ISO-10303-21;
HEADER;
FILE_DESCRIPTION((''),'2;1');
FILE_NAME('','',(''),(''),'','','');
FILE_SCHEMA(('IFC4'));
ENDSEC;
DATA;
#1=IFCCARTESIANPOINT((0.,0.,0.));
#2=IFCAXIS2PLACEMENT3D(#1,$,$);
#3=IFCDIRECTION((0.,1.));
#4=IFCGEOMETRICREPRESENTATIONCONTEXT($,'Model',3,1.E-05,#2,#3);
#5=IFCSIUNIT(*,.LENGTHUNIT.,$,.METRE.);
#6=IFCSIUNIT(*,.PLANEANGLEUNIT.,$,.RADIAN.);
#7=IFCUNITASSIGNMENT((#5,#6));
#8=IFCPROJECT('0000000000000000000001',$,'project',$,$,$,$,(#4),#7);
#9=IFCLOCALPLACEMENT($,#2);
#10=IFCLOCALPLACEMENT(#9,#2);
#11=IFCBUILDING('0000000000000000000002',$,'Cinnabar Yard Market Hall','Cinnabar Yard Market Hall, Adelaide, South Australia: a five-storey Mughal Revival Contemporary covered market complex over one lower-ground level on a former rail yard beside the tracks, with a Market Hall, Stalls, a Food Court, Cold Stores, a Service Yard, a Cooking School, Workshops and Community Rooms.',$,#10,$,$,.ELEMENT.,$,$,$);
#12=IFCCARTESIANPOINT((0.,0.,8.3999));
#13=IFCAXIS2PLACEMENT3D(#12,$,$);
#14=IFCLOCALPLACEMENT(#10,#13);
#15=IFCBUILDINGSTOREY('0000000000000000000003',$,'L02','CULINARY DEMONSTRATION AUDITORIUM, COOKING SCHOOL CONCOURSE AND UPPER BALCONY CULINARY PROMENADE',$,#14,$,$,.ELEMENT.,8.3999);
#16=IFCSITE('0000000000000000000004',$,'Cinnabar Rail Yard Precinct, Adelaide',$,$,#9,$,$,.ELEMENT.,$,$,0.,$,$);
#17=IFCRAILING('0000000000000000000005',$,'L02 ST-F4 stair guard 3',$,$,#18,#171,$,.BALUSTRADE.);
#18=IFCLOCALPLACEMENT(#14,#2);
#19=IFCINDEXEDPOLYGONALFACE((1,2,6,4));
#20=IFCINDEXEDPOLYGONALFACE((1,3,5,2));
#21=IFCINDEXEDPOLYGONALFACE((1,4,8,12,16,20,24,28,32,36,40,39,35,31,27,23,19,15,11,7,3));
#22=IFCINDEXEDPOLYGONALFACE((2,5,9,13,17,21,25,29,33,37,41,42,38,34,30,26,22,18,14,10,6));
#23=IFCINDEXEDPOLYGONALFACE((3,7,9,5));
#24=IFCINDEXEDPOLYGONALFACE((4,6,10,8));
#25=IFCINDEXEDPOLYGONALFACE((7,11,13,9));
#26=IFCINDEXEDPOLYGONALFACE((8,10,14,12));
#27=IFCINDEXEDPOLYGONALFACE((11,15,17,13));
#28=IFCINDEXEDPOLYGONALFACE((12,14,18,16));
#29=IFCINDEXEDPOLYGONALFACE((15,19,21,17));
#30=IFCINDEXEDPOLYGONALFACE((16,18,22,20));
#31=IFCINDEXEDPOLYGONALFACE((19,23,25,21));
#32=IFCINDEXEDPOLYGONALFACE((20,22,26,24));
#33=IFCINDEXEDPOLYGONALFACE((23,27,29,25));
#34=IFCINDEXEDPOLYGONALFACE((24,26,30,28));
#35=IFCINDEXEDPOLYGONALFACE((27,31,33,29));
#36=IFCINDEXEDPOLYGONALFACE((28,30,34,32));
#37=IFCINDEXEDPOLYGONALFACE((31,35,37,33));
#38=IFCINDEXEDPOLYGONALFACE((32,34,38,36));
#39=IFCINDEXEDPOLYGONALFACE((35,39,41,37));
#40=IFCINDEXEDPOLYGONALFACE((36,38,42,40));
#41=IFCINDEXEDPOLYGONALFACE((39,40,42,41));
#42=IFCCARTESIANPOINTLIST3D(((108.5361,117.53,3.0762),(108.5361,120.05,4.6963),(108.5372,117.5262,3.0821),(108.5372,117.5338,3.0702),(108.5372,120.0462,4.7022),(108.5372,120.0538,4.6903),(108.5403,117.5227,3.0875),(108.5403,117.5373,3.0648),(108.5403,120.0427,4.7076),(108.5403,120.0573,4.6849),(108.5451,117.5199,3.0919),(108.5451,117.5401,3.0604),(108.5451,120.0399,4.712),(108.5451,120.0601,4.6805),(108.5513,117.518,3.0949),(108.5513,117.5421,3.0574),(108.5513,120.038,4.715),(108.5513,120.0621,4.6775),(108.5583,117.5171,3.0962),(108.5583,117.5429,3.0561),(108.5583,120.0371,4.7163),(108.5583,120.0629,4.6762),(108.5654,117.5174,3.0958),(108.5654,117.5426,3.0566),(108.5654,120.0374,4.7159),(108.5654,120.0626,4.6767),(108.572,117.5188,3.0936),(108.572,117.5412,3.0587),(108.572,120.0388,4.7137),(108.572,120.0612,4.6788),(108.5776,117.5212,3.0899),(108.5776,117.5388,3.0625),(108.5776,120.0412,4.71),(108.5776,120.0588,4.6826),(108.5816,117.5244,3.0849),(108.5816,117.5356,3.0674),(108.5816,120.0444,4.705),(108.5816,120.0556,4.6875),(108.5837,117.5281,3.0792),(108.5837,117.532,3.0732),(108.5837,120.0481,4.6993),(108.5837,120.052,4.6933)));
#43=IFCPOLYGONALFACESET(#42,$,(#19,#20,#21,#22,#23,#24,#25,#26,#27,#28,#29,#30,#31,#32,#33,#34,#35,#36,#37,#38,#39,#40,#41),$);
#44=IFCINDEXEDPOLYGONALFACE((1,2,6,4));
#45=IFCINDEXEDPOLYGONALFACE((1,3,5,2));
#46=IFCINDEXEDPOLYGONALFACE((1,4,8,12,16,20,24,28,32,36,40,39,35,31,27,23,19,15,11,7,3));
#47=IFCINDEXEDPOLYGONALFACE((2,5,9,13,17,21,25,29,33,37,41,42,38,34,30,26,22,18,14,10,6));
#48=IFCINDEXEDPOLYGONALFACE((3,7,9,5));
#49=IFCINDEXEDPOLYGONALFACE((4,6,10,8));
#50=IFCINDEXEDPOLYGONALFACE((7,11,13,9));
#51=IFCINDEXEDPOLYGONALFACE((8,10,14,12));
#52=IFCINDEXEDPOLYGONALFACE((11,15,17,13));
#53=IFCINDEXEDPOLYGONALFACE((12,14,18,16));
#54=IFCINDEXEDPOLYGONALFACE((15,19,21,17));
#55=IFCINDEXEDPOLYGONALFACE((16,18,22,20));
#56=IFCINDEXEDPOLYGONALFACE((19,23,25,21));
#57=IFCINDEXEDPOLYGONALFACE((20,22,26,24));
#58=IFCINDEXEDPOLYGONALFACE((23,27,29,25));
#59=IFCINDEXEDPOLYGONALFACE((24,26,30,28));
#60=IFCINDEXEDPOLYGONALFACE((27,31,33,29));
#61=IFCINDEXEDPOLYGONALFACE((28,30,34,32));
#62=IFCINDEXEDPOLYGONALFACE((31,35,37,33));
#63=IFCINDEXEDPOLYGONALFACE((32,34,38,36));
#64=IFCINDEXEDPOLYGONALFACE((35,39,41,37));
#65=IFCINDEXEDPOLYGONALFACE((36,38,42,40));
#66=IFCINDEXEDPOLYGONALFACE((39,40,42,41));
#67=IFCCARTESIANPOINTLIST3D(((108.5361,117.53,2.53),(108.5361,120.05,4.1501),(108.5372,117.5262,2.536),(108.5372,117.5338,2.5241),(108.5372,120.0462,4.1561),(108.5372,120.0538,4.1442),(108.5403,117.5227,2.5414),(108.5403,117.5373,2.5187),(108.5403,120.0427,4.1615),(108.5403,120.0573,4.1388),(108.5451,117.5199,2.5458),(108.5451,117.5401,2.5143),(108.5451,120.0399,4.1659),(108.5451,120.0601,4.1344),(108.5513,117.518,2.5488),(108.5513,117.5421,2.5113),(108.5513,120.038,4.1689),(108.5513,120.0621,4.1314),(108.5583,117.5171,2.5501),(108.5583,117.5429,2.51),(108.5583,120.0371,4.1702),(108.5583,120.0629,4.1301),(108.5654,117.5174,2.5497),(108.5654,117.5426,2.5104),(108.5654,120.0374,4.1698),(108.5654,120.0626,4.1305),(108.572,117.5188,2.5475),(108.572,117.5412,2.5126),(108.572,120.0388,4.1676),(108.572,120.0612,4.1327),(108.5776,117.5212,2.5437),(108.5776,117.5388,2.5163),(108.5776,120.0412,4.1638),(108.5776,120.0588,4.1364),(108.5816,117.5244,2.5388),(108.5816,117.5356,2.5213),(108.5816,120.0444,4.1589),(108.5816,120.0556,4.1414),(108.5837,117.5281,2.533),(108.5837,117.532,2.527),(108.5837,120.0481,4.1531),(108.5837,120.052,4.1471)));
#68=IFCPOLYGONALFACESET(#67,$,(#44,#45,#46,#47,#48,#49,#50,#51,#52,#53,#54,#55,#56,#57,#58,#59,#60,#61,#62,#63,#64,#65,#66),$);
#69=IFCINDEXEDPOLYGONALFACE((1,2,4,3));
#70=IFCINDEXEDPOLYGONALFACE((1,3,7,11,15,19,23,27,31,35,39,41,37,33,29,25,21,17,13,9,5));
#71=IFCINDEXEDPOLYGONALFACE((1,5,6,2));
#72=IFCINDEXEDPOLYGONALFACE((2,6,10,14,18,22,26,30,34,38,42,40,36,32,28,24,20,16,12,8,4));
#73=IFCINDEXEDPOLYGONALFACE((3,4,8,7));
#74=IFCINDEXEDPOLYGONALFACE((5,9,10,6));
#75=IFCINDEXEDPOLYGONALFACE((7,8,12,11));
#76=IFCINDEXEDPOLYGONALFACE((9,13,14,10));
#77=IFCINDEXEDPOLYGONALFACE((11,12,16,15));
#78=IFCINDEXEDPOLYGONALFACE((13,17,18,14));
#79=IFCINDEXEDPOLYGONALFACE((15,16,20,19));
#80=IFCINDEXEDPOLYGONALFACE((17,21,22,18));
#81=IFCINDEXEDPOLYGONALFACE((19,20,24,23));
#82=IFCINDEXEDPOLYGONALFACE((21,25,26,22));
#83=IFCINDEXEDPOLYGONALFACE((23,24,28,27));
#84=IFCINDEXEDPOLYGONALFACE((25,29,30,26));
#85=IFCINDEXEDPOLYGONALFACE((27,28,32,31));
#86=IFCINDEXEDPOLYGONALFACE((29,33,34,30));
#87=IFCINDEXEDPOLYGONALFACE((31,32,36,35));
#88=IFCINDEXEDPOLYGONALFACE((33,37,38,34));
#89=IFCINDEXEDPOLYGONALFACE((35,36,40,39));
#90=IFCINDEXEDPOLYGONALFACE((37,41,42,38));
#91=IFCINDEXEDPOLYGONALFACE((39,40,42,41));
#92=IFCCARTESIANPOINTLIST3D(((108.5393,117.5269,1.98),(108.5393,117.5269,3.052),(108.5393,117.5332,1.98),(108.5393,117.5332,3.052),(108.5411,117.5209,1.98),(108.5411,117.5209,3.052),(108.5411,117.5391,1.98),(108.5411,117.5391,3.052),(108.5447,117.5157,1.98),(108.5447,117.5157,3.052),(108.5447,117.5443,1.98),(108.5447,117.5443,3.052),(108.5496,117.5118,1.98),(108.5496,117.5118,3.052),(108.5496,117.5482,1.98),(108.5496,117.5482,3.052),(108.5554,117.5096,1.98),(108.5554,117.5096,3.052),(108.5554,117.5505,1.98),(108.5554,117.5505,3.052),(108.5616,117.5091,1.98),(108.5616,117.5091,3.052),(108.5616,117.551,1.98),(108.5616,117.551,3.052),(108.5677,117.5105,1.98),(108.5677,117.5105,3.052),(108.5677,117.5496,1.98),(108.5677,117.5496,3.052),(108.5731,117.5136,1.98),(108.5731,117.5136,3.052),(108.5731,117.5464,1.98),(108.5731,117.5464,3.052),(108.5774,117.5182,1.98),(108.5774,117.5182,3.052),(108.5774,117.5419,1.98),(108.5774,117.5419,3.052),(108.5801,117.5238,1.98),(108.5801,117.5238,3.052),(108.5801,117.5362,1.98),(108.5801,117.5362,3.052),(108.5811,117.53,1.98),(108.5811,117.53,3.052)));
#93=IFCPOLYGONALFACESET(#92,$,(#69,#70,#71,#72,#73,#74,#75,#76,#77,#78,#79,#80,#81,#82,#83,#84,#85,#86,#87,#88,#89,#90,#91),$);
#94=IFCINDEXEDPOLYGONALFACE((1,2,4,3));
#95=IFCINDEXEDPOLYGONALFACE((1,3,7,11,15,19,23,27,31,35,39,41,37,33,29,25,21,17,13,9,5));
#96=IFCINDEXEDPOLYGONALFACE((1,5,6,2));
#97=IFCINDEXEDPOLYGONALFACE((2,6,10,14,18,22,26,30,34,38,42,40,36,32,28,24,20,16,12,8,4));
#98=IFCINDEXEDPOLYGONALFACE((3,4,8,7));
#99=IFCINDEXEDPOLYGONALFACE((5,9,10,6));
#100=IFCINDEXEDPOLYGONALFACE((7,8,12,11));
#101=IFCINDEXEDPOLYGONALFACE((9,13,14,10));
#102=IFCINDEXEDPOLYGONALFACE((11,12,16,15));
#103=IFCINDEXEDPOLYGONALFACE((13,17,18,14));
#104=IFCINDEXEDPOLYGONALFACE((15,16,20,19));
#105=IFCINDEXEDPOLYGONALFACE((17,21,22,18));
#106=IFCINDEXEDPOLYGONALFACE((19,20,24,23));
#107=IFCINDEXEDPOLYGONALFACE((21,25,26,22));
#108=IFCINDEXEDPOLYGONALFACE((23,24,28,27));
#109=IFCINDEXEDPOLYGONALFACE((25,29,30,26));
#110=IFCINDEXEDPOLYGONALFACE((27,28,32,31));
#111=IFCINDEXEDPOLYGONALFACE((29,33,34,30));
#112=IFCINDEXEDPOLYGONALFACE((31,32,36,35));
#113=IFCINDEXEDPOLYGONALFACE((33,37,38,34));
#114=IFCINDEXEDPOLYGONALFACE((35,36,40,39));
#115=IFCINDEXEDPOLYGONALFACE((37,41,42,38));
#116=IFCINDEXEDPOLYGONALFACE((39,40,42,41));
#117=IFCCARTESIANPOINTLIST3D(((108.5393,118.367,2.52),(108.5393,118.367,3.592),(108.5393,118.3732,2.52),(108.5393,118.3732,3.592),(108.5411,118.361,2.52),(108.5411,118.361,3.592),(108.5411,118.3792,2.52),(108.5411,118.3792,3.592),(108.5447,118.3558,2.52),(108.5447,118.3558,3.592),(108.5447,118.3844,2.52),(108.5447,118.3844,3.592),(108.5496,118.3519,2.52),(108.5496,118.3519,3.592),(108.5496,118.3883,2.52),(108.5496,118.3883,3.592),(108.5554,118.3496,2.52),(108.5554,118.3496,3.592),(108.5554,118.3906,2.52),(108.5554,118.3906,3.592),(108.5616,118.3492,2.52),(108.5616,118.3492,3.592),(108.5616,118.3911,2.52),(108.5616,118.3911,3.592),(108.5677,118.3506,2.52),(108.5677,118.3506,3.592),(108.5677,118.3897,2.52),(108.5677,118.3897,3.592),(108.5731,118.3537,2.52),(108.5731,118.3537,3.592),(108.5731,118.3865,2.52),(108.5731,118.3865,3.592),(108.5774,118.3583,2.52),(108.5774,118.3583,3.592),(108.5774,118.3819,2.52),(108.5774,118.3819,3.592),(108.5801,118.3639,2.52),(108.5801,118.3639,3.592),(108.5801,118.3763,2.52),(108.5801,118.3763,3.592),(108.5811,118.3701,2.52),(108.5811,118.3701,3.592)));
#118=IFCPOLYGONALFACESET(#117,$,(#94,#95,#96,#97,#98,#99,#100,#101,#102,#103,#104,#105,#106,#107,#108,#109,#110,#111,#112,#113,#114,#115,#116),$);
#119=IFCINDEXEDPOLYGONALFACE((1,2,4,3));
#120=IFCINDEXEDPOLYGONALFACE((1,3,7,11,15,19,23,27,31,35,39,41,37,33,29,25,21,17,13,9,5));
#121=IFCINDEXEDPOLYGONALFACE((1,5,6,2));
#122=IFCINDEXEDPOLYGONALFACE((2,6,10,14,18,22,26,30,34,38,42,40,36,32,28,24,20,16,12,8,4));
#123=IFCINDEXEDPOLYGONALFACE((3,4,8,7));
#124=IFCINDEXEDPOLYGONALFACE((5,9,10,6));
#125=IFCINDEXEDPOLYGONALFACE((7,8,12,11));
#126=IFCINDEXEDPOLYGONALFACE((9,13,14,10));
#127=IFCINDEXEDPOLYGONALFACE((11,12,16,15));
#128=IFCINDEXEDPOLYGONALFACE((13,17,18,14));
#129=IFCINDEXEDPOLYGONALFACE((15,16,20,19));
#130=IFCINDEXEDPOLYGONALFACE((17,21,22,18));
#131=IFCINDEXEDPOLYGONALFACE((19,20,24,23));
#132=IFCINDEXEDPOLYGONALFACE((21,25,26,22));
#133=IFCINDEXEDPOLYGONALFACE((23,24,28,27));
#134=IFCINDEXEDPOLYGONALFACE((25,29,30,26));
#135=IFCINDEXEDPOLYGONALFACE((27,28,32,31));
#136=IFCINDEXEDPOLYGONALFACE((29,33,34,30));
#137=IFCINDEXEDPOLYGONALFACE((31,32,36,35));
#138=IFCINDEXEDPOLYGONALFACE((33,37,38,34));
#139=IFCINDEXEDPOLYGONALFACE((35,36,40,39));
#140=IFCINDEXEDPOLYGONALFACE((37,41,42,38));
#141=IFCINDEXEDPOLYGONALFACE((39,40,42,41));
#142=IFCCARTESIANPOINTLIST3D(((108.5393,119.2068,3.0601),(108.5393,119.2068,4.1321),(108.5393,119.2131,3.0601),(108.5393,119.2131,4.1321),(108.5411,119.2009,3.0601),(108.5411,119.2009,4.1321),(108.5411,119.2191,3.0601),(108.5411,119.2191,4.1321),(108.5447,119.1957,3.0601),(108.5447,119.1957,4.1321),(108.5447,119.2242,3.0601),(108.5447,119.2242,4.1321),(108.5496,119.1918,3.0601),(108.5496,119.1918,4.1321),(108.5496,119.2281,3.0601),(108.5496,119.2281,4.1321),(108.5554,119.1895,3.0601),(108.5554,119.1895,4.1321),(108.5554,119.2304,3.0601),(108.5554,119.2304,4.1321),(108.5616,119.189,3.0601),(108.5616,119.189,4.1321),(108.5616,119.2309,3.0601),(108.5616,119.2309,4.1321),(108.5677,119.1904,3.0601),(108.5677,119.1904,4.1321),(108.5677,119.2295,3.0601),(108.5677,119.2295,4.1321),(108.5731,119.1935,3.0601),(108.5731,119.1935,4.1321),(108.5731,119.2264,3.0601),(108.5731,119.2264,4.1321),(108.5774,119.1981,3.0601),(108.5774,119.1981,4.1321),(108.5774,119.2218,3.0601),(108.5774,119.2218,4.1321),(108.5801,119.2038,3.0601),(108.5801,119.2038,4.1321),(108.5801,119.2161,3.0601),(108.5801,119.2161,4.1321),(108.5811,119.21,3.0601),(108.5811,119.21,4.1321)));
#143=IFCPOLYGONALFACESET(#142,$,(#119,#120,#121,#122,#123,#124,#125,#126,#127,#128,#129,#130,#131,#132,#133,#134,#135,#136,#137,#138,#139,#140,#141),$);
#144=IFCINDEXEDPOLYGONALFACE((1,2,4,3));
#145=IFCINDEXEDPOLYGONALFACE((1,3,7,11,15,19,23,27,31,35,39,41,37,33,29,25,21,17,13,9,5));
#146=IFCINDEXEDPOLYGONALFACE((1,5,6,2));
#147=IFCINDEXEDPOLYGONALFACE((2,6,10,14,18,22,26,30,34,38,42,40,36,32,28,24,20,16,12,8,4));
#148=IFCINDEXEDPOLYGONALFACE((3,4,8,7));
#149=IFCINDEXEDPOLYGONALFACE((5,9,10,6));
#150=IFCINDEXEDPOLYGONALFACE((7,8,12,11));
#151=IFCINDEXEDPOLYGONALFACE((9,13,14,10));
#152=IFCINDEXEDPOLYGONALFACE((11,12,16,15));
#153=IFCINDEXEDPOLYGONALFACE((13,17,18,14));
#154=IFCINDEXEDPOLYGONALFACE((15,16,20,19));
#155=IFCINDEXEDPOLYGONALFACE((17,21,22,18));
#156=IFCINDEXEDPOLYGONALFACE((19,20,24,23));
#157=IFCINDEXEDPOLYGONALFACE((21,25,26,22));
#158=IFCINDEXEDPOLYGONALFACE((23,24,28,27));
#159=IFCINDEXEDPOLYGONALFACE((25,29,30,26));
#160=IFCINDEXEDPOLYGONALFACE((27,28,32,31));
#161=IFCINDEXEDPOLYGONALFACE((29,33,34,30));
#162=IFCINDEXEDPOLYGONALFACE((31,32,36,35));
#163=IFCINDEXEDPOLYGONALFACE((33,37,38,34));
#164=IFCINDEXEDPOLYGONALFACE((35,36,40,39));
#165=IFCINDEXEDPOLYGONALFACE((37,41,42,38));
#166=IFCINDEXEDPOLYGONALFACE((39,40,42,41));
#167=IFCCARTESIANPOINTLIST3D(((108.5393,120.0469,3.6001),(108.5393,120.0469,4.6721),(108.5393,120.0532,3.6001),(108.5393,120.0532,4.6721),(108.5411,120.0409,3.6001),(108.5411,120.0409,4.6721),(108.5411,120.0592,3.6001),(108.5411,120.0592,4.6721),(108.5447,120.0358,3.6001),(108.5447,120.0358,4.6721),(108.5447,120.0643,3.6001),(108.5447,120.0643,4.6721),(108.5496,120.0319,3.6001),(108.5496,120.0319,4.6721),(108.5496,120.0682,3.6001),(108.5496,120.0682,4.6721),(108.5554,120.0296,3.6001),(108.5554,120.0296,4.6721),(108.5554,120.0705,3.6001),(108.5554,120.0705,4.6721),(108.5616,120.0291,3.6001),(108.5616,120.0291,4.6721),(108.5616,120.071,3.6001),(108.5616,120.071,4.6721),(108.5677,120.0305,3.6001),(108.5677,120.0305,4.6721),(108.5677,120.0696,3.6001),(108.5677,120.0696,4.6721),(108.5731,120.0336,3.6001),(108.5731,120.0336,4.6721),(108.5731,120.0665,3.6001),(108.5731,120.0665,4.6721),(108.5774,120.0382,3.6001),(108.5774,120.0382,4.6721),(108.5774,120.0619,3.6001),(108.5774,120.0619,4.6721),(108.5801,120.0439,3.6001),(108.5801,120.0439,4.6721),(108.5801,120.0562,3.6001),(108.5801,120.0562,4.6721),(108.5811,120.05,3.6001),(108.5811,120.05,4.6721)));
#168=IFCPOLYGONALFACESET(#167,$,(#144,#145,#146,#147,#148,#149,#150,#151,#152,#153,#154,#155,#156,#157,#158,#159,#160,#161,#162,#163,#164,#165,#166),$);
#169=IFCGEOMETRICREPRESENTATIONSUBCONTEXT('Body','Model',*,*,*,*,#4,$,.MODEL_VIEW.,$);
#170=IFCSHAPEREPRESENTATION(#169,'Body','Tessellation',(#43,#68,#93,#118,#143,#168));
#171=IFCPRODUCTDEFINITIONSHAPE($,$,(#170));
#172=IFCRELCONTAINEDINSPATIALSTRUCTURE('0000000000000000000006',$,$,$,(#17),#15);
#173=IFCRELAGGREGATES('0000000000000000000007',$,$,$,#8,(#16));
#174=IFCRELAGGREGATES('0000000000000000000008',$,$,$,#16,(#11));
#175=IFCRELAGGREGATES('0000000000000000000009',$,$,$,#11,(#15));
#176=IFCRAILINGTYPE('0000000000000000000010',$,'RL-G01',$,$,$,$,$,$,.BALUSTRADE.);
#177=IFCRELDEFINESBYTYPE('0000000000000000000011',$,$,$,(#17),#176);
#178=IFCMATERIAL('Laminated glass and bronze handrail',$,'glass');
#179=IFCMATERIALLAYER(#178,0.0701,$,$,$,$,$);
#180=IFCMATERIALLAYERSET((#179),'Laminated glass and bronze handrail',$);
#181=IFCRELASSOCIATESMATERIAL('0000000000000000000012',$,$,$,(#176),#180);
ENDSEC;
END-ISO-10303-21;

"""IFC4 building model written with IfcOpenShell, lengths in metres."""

from ifc_helpers import new_model, si_unit, direction, frame, origin, origin_2d_with_axis, place, context, subcontext, project, spatial, circle, extrude, material, layer, layer_set, type_object, element, save


model = new_model("IFC4")

# Units and contexts
model_context = context("Model", 3, precision=1e-05, world=origin(), true_north=direction((0.0, 1.0)))
body_context = subcontext(model_context, "Body", "Model", "MODEL_VIEW")
ifc_project = project(units=[si_unit("LENGTHUNIT", "METRE"), si_unit("PLANEANGLEUNIT", "RADIAN")], contexts=[model_context])

# Site, building, storey
site_placement = place(None, origin())
site = spatial("IfcSite", under=ifc_project, at=site_placement, Name="Cinnabar Rail Yard Precinct, Adelaide", CompositionType="ELEMENT", RefElevation=0.0)
building_placement = place(site_placement, origin())
building = spatial("IfcBuilding", under=site, at=building_placement, Name="Cinnabar Yard Market Hall", Description="Cinnabar Yard Market Hall, Adelaide, South Australia: a five-storey Mughal Revival Contemporary covered market complex over one lower-ground level on a former rail yard beside the tracks, with a Market Hall, Stalls, a Food Court, Cold Stores, a Service Yard, a Cooking School, Workshops and Community Rooms.", CompositionType="ELEMENT")
storey_placement = place(building_placement, frame((0.0, 0.0, 8.3999)))
storey = spatial("IfcBuildingStorey", under=building, at=storey_placement, Name="L02", Description="CULINARY DEMONSTRATION AUDITORIUM, COOKING SCHOOL CONCOURSE AND UPPER BALCONY CULINARY PROMENADE", CompositionType="ELEMENT", Elevation=8.3999)

# Railing
ifc_material_1 = material(Name="Laminated glass and bronze handrail", Category="glass")
ifc_layer_1 = layer(ifc_material_1, 0.0701)
ifc_layer_set_1 = layer_set([ifc_layer_1], Name="Laminated glass and bronze handrail")
railing_type_1 = type_object("IfcRailingType", Name="RL-G01", PredefinedType="BALUSTRADE", material=ifc_layer_set_1)
railing_1_placement = place(storey_placement, frame((108.5601, 117.53, 1.98)))
element("IfcRailing", 1, at=railing_1_placement, inside=storey, type_object=railing_type_1, Name="L02 ST-F4 stair guard 3", PredefinedType="BALUSTRADE", context=body_context, shape_type="SweptSolid", body=[
    extrude(circle(Radius=0.0239, at=origin_2d_with_axis()), frame((0.0, 0.0, 1.0962), z_axis=(0.0, 0.841163, 0.540782), x_axis=(-1.0, 0.0, 0.0)), (0.0, 0.0, 1.0), 2.9958),
    extrude(circle(Radius=0.0239, at=origin_2d_with_axis()), frame((0.0, 0.0, 0.55), z_axis=(0.0, 0.841163, 0.540782), x_axis=(-1.0, 0.0, 0.0)), (0.0, 0.0, 1.0), 2.9958),
    extrude(circle(Radius=0.021, at=origin_2d_with_axis()), origin(), (0.0, 0.0, 1.0), 1.072),
    extrude(circle(Radius=0.021, at=origin_2d_with_axis()), frame((0.0, 0.8401, 0.54)), (0.0, 0.0, 1.0), 1.072),
    extrude(circle(Radius=0.021, at=origin_2d_with_axis()), frame((0.0, 1.6799, 1.0801)), (0.0, 0.0, 1.0), 1.072),
    extrude(circle(Radius=0.021, at=origin_2d_with_axis()), frame((0.0, 2.52, 1.6201)), (0.0, 0.0, 1.0), 1.072),
])

save(model, "model.ifc")
